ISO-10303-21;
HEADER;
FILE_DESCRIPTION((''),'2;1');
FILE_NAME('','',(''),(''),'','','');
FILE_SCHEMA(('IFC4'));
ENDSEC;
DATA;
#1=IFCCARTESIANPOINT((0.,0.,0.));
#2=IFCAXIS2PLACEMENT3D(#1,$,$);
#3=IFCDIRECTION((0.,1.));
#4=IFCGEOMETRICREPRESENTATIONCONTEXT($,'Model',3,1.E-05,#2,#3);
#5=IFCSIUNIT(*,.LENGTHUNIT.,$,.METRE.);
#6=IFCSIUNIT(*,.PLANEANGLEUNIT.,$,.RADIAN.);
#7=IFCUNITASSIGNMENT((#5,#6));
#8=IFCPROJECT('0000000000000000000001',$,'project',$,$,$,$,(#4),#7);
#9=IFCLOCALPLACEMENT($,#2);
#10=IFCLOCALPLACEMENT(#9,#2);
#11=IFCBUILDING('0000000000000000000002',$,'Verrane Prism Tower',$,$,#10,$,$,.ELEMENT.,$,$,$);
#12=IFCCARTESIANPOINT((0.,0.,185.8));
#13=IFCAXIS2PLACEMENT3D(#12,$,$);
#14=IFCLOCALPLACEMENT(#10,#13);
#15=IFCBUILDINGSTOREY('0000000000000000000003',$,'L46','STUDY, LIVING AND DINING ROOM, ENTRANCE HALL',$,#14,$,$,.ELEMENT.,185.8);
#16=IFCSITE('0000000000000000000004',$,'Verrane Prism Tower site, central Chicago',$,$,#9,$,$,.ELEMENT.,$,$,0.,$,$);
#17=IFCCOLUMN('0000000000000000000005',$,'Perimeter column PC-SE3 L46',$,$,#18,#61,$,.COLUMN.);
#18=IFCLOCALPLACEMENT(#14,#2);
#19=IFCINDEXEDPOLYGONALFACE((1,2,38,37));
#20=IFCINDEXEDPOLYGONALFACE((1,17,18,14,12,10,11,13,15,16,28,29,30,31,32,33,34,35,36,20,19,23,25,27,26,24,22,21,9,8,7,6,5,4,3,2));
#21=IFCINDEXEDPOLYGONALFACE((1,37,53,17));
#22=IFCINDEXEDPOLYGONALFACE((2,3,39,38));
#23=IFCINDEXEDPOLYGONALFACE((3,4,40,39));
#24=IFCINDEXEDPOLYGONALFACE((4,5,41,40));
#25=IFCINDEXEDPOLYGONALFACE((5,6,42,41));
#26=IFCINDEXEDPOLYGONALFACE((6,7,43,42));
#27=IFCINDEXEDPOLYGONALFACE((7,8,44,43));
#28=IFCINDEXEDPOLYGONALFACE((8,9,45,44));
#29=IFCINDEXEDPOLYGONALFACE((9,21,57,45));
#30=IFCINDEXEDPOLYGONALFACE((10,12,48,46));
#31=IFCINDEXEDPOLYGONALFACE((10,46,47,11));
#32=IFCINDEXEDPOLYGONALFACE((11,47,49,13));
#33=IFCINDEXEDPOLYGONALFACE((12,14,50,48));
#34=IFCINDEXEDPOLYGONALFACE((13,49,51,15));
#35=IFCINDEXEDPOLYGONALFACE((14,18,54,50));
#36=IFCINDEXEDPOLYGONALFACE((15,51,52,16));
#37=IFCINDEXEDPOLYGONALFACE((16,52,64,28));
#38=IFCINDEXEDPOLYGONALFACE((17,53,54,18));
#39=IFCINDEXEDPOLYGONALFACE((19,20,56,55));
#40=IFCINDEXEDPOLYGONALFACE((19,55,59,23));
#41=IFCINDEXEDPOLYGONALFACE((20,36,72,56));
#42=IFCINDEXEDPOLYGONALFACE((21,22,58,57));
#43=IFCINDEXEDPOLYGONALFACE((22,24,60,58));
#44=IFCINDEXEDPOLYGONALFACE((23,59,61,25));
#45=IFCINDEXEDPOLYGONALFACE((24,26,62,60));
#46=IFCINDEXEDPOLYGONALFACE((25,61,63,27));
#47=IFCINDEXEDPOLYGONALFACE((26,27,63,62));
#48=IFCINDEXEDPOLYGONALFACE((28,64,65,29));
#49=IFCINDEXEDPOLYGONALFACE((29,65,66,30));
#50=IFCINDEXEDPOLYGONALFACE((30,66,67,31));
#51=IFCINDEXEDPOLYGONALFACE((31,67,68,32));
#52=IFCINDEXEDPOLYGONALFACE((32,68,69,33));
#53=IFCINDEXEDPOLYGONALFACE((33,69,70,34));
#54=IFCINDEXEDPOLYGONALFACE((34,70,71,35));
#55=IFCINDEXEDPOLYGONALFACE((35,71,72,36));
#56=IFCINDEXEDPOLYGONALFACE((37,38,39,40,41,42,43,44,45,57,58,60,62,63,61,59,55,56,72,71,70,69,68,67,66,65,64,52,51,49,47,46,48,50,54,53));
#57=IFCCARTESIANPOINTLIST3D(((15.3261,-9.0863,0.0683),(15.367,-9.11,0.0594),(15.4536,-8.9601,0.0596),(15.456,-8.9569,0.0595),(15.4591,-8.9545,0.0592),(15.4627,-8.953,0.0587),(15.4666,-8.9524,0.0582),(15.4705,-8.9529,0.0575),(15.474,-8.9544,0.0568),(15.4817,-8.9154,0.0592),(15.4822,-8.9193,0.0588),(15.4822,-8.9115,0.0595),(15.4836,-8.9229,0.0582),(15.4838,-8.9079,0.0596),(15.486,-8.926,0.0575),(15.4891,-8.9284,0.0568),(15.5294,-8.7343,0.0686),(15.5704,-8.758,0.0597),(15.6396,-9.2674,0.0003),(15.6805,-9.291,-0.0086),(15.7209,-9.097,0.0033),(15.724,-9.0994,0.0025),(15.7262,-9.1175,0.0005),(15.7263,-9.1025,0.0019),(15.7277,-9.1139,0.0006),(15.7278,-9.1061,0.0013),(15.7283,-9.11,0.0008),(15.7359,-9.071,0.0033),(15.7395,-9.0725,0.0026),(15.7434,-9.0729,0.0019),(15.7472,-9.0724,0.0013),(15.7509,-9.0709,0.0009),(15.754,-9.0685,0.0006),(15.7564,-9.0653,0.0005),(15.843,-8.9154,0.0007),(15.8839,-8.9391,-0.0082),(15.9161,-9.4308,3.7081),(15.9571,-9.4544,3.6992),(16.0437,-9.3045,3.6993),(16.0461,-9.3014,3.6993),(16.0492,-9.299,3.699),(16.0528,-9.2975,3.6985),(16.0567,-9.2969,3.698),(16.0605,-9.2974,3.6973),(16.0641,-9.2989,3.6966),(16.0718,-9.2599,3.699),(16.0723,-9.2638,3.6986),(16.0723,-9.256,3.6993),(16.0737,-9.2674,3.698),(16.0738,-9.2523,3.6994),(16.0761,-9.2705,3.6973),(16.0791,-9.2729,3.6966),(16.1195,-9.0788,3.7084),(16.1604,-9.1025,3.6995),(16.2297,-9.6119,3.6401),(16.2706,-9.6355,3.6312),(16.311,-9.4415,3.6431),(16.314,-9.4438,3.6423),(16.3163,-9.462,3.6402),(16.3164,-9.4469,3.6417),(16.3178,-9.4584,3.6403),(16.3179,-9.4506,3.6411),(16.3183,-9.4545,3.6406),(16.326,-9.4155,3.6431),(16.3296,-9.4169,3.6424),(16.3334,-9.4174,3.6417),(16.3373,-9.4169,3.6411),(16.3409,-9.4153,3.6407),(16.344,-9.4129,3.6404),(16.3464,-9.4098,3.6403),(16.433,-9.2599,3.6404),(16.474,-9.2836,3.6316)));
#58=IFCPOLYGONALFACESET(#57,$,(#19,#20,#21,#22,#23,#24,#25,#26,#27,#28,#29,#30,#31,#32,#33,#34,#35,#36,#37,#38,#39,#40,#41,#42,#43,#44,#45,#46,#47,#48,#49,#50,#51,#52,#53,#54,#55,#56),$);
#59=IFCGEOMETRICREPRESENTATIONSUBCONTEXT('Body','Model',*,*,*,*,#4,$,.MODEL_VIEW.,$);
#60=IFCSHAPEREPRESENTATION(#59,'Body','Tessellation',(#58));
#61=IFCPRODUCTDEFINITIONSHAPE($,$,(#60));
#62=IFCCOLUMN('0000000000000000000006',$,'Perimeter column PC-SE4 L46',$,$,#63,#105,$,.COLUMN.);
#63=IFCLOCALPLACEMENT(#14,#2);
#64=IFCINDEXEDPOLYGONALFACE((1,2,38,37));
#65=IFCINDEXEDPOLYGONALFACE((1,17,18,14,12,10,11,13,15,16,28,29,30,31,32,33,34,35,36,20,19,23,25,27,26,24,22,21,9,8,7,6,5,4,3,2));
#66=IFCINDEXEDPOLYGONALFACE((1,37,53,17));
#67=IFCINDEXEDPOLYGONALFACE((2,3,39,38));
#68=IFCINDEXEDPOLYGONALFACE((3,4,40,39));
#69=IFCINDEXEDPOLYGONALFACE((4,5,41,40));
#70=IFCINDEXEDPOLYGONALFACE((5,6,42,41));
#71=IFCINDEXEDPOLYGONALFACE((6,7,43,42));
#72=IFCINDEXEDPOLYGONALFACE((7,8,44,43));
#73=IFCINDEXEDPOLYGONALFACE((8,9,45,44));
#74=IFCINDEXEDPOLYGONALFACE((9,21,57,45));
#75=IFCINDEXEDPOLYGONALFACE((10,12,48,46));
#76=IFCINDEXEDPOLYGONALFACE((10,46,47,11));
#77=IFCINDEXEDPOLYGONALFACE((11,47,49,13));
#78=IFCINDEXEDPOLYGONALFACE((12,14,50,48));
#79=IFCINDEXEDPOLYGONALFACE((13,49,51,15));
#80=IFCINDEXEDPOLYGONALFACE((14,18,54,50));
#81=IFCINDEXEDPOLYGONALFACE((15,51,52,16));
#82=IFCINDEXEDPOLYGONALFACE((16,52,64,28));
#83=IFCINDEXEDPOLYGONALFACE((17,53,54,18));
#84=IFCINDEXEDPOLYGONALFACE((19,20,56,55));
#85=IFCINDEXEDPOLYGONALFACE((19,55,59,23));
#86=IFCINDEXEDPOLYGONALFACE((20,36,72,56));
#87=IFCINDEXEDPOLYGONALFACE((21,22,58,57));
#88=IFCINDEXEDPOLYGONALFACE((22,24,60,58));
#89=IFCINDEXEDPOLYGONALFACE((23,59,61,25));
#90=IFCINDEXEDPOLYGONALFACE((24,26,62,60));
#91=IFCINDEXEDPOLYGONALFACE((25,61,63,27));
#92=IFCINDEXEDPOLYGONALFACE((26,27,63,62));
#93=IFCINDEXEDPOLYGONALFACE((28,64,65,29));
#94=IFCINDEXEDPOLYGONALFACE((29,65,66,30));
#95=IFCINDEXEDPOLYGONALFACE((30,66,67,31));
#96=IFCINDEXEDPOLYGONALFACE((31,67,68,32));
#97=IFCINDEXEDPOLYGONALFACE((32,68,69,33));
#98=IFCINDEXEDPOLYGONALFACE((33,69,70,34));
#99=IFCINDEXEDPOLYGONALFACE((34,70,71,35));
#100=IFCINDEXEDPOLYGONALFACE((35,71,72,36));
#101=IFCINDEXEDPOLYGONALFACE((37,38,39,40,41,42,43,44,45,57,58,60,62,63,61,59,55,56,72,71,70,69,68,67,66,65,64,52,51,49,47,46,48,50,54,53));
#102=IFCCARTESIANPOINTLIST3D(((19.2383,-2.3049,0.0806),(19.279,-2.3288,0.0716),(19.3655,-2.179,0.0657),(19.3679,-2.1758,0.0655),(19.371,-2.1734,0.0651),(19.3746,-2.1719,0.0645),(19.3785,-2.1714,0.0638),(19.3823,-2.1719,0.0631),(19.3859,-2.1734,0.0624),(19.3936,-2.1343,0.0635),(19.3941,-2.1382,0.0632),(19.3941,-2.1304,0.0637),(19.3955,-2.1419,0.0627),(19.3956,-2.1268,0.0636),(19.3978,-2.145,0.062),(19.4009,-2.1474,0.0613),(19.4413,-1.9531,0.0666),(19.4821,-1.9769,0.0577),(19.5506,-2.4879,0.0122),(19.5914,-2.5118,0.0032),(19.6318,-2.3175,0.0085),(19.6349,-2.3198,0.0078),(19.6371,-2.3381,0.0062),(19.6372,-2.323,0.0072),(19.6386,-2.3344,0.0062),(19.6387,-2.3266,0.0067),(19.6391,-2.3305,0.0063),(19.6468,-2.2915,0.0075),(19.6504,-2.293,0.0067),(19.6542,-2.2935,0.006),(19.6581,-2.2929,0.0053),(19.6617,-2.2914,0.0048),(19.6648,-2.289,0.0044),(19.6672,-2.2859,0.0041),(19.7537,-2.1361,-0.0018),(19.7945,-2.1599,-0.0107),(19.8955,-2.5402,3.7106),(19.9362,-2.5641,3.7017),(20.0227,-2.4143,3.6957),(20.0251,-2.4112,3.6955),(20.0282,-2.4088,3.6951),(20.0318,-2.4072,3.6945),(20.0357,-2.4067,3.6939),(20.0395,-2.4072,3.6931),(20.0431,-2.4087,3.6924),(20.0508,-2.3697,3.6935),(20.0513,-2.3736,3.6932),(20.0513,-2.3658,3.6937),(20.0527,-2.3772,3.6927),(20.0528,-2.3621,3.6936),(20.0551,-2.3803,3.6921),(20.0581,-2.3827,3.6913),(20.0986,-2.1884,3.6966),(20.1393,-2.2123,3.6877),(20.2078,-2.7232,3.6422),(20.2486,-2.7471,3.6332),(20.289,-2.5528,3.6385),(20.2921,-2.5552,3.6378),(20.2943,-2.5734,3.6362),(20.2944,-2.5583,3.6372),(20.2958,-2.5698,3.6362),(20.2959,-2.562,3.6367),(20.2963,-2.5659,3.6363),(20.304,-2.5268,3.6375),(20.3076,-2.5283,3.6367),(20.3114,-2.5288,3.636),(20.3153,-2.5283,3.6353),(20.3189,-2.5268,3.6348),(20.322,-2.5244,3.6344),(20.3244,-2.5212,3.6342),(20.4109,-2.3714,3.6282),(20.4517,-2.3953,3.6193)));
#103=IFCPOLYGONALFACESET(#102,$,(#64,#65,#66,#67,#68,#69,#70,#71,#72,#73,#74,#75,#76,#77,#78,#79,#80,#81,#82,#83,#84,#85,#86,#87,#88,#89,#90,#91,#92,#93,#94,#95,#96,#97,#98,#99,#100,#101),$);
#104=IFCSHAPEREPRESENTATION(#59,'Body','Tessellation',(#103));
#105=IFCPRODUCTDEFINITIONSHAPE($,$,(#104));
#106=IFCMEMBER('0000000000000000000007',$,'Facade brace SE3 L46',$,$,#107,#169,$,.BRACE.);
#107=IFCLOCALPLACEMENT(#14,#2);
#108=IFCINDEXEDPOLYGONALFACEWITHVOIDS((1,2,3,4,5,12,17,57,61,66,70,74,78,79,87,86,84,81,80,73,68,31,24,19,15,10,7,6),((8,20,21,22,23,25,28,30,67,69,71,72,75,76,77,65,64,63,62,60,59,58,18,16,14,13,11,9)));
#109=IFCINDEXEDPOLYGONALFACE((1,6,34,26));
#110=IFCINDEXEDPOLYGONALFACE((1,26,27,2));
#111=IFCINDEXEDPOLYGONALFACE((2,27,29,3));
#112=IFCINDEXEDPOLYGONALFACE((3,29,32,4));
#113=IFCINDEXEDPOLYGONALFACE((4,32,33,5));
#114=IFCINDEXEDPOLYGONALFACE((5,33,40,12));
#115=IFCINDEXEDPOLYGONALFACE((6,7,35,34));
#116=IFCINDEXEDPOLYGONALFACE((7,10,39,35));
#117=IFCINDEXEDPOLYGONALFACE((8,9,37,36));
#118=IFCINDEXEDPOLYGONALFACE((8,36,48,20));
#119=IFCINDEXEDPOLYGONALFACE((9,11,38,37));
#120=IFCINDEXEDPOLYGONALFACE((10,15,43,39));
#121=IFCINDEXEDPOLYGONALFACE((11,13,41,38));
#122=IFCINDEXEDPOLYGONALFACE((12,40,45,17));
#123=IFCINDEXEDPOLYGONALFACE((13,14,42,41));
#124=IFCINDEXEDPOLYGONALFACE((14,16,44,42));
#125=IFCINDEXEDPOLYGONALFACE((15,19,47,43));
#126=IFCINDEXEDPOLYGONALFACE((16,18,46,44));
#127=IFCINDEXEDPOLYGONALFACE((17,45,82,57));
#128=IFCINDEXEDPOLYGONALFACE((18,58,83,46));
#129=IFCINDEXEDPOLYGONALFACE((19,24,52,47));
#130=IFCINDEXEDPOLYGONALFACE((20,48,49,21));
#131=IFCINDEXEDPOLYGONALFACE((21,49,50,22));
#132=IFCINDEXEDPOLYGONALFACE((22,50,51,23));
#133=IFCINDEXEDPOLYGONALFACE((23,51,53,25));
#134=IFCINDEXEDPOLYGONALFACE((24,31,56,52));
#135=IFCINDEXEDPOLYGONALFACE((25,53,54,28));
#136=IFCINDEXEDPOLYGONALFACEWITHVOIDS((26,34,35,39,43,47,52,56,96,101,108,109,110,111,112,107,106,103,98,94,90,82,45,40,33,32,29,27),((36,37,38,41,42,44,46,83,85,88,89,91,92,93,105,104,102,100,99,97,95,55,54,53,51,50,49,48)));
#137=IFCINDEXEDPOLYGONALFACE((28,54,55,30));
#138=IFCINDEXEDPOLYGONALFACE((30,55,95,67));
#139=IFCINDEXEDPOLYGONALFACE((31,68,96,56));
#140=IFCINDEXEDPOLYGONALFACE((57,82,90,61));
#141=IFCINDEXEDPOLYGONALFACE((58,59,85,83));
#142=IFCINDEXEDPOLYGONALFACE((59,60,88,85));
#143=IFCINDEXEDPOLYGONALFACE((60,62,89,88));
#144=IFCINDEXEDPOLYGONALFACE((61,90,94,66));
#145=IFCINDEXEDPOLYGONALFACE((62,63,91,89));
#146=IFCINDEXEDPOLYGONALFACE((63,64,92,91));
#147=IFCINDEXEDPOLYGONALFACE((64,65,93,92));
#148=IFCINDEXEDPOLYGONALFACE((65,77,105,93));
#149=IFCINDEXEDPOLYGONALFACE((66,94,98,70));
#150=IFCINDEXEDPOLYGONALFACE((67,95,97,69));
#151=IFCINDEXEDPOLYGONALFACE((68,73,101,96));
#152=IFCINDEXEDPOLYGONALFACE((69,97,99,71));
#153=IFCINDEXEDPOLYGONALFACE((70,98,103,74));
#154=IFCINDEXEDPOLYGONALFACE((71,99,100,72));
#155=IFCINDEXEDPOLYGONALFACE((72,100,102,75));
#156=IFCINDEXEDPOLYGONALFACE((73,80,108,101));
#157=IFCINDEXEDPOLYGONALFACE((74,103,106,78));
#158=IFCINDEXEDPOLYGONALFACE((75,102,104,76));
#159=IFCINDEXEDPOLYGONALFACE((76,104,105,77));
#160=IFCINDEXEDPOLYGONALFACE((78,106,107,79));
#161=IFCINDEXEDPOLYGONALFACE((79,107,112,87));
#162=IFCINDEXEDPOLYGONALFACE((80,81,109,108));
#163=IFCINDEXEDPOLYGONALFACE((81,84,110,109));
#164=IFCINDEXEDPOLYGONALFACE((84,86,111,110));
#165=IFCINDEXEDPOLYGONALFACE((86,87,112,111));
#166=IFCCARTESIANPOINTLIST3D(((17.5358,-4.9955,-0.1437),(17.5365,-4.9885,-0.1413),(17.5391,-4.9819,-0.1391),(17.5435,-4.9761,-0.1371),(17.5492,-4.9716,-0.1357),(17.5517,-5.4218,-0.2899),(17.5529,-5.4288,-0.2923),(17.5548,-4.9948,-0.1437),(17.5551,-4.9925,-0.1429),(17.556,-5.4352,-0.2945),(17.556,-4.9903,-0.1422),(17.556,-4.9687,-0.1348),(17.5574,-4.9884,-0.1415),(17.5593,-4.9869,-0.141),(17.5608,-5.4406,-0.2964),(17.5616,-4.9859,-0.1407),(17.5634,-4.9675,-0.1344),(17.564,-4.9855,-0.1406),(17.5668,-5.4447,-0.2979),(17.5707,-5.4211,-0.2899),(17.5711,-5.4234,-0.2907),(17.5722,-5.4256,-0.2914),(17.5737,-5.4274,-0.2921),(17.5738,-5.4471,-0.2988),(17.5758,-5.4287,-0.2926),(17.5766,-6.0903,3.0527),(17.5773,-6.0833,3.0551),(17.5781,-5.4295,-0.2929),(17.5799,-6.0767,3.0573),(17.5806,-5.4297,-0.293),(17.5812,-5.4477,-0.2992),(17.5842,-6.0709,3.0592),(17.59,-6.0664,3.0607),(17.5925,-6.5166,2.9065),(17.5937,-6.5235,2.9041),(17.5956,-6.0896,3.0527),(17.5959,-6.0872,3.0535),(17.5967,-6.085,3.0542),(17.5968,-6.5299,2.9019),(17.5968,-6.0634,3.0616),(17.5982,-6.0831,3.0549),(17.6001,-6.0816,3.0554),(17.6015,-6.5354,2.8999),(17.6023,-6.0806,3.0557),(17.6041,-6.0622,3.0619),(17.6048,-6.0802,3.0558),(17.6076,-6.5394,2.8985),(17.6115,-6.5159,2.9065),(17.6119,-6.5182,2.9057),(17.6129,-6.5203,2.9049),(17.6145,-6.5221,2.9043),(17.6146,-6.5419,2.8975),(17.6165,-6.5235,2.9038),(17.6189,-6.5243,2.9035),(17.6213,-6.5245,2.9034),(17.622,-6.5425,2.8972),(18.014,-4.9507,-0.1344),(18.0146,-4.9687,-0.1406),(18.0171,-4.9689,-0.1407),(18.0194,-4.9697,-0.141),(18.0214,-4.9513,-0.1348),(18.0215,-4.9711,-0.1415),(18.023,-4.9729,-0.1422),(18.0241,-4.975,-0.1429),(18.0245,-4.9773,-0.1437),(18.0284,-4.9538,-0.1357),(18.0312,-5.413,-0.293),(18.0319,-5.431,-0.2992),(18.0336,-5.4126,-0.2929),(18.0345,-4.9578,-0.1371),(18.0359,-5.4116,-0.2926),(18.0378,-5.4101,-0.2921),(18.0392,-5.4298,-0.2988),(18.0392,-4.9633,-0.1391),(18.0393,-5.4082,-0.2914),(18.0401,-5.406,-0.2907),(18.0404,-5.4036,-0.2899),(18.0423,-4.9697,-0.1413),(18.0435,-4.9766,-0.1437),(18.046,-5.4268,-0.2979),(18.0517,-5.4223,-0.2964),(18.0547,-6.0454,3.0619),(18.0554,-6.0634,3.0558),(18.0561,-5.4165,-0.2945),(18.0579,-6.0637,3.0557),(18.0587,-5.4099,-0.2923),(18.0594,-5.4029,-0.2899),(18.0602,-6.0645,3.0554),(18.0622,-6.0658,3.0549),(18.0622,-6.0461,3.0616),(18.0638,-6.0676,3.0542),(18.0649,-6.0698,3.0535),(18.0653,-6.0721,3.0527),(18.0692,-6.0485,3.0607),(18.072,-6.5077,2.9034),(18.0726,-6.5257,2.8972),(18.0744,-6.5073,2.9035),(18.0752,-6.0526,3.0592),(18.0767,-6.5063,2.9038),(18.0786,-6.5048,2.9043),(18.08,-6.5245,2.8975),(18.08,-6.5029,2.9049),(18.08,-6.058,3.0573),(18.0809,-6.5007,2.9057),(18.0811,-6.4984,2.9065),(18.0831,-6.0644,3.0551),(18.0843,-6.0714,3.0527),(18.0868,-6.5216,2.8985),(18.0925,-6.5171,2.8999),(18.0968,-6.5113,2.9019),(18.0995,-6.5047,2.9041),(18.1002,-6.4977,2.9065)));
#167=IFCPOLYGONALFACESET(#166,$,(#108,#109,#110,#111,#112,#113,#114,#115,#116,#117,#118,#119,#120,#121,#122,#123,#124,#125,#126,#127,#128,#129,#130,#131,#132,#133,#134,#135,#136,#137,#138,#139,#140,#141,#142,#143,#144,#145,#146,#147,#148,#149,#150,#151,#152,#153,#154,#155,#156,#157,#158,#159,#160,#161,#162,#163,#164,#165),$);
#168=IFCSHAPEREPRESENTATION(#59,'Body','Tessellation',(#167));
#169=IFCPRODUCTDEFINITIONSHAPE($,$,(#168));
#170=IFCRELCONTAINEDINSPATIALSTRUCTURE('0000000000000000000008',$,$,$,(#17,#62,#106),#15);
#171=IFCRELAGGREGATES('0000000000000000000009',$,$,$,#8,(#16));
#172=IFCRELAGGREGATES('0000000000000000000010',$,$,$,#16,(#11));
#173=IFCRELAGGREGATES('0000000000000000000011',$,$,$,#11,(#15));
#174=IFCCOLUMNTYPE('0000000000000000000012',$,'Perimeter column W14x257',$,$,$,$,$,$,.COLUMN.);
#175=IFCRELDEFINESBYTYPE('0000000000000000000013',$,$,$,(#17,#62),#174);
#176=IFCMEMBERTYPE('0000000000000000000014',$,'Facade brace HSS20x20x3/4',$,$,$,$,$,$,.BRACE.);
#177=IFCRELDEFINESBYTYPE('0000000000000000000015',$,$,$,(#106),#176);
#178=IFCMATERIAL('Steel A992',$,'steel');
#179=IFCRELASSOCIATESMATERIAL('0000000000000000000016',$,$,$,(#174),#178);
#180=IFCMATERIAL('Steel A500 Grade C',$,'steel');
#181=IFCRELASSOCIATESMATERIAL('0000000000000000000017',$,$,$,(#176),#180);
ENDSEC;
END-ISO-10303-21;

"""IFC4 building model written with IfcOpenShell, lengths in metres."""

from ifc_helpers import new_model, si_unit, direction, frame, origin, origin_2d, place, context, subcontext, project, spatial, hollow_rectangle, i_section, extrude, material, material_profile, profile_set, type_object, element, save


model = new_model("IFC4")

# Units and contexts
model_context = context("Model", 3, precision=1e-05, world=origin(), true_north=direction((0.0, 1.0)))
body_context = subcontext(model_context, "Body", "Model", "MODEL_VIEW")
ifc_project = project(units=[si_unit("LENGTHUNIT", "METRE"), si_unit("PLANEANGLEUNIT", "RADIAN")], contexts=[model_context])

# Site, building, storey
site_placement = place(None, origin())
site = spatial("IfcSite", under=ifc_project, at=site_placement, Name="Verrane Prism Tower site, central Chicago", CompositionType="ELEMENT", RefElevation=0.0)
building_placement = place(site_placement, origin())
building = spatial("IfcBuilding", under=site, at=building_placement, Name="Verrane Prism Tower", CompositionType="ELEMENT")
storey_placement = place(building_placement, frame((0.0, 0.0, 185.8)))
storey = spatial("IfcBuildingStorey", under=building, at=storey_placement, Name="L46", Description="STUDY, LIVING AND DINING ROOM, ENTRANCE HALL", CompositionType="ELEMENT", Elevation=185.8)

# Columns
ifc_material_1 = material(Name="Steel A992", Category="steel")
ifc_material_profile_1 = material_profile(ifc_material_1, i_section(OverallWidth=0.4065, OverallDepth=0.4165, WebThickness=0.03, FlangeThickness=0.0481, FilletRadius=0.0151, at=origin_2d()), Name="W14x257")
ifc_profile_set_1 = profile_set([ifc_material_profile_1], Name="Steel A992")
column_type = type_object("IfcColumnType", Name="Perimeter column W14x257", PredefinedType="COLUMN", material=ifc_profile_set_1)
column_1_placement = place(storey_placement, frame((15.605, -9.0127, 0.03), z_axis=(0.159334, -0.093016, 0.982833), x_axis=(-0.50029, -0.865858, -0.00084)))
element("IfcColumn", 1, at=column_1_placement, inside=storey, type_object=column_type, Name="Perimeter column PC-SE3 L46", PredefinedType="COLUMN", context=body_context, shape_type="SweptSolid", body=[
    extrude(i_section(OverallWidth=0.4065, OverallDepth=0.4165, WebThickness=0.03, FlangeThickness=0.0481, FilletRadius=0.0151, at=origin_2d()), origin(), (0.0, 0.0, 1.0), 3.7034),
])
column_2_placement = place(storey_placement, frame((19.5164, -2.2324, 0.0349), z_axis=(0.17779, -0.063666, 0.982007), x_axis=(-0.499621, -0.865563, 0.034338)))
element("IfcColumn", 2, at=column_2_placement, inside=storey, type_object=column_type, Name="Perimeter column PC-SE4 L46", PredefinedType="COLUMN", context=body_context, shape_type="SweptSolid", body=[
    extrude(i_section(OverallWidth=0.4065, OverallDepth=0.4165, WebThickness=0.03, FlangeThickness=0.0481, FilletRadius=0.0151, at=origin_2d()), origin(), (0.0, 0.0, 1.0), 3.6965),
])

# Member
ifc_material_2 = material(Name="Steel A500 Grade C", Category="steel")
ifc_material_profile_2 = material_profile(ifc_material_2, hollow_rectangle(XDim=0.5081, YDim=0.5081, WallThickness=0.019, InnerFilletRadius=0.0095, OuterFilletRadius=0.0286, at=origin_2d()), Name="HSS20x20x3/4")
ifc_profile_set_2 = profile_set([ifc_material_profile_2], Name="Steel A500 Grade C")
member_type_1 = type_object("IfcMemberType", Name="Facade brace HSS20x20x3/4", PredefinedType="BRACE", material=ifc_profile_set_2)
member_1_placement = place(storey_placement, frame((17.7976, -5.1992, -0.2168), z_axis=(0.012067, -0.323998, 0.945981), x_axis=(0.999307, 0.037218, 0.0)))
element("IfcMember", 3, at=member_1_placement, inside=storey, type_object=member_type_1, Name="Facade brace SE3 L46", PredefinedType="BRACE", context=body_context, shape_type="SweptSolid", body=[
    extrude(hollow_rectangle(XDim=0.5081, YDim=0.5081, WallThickness=0.019, InnerFilletRadius=0.0095, OuterFilletRadius=0.0286, at=origin_2d()), origin(), (0.0, 0.0, 1.0), 3.3789),
])

save(model, "model.ifc")
